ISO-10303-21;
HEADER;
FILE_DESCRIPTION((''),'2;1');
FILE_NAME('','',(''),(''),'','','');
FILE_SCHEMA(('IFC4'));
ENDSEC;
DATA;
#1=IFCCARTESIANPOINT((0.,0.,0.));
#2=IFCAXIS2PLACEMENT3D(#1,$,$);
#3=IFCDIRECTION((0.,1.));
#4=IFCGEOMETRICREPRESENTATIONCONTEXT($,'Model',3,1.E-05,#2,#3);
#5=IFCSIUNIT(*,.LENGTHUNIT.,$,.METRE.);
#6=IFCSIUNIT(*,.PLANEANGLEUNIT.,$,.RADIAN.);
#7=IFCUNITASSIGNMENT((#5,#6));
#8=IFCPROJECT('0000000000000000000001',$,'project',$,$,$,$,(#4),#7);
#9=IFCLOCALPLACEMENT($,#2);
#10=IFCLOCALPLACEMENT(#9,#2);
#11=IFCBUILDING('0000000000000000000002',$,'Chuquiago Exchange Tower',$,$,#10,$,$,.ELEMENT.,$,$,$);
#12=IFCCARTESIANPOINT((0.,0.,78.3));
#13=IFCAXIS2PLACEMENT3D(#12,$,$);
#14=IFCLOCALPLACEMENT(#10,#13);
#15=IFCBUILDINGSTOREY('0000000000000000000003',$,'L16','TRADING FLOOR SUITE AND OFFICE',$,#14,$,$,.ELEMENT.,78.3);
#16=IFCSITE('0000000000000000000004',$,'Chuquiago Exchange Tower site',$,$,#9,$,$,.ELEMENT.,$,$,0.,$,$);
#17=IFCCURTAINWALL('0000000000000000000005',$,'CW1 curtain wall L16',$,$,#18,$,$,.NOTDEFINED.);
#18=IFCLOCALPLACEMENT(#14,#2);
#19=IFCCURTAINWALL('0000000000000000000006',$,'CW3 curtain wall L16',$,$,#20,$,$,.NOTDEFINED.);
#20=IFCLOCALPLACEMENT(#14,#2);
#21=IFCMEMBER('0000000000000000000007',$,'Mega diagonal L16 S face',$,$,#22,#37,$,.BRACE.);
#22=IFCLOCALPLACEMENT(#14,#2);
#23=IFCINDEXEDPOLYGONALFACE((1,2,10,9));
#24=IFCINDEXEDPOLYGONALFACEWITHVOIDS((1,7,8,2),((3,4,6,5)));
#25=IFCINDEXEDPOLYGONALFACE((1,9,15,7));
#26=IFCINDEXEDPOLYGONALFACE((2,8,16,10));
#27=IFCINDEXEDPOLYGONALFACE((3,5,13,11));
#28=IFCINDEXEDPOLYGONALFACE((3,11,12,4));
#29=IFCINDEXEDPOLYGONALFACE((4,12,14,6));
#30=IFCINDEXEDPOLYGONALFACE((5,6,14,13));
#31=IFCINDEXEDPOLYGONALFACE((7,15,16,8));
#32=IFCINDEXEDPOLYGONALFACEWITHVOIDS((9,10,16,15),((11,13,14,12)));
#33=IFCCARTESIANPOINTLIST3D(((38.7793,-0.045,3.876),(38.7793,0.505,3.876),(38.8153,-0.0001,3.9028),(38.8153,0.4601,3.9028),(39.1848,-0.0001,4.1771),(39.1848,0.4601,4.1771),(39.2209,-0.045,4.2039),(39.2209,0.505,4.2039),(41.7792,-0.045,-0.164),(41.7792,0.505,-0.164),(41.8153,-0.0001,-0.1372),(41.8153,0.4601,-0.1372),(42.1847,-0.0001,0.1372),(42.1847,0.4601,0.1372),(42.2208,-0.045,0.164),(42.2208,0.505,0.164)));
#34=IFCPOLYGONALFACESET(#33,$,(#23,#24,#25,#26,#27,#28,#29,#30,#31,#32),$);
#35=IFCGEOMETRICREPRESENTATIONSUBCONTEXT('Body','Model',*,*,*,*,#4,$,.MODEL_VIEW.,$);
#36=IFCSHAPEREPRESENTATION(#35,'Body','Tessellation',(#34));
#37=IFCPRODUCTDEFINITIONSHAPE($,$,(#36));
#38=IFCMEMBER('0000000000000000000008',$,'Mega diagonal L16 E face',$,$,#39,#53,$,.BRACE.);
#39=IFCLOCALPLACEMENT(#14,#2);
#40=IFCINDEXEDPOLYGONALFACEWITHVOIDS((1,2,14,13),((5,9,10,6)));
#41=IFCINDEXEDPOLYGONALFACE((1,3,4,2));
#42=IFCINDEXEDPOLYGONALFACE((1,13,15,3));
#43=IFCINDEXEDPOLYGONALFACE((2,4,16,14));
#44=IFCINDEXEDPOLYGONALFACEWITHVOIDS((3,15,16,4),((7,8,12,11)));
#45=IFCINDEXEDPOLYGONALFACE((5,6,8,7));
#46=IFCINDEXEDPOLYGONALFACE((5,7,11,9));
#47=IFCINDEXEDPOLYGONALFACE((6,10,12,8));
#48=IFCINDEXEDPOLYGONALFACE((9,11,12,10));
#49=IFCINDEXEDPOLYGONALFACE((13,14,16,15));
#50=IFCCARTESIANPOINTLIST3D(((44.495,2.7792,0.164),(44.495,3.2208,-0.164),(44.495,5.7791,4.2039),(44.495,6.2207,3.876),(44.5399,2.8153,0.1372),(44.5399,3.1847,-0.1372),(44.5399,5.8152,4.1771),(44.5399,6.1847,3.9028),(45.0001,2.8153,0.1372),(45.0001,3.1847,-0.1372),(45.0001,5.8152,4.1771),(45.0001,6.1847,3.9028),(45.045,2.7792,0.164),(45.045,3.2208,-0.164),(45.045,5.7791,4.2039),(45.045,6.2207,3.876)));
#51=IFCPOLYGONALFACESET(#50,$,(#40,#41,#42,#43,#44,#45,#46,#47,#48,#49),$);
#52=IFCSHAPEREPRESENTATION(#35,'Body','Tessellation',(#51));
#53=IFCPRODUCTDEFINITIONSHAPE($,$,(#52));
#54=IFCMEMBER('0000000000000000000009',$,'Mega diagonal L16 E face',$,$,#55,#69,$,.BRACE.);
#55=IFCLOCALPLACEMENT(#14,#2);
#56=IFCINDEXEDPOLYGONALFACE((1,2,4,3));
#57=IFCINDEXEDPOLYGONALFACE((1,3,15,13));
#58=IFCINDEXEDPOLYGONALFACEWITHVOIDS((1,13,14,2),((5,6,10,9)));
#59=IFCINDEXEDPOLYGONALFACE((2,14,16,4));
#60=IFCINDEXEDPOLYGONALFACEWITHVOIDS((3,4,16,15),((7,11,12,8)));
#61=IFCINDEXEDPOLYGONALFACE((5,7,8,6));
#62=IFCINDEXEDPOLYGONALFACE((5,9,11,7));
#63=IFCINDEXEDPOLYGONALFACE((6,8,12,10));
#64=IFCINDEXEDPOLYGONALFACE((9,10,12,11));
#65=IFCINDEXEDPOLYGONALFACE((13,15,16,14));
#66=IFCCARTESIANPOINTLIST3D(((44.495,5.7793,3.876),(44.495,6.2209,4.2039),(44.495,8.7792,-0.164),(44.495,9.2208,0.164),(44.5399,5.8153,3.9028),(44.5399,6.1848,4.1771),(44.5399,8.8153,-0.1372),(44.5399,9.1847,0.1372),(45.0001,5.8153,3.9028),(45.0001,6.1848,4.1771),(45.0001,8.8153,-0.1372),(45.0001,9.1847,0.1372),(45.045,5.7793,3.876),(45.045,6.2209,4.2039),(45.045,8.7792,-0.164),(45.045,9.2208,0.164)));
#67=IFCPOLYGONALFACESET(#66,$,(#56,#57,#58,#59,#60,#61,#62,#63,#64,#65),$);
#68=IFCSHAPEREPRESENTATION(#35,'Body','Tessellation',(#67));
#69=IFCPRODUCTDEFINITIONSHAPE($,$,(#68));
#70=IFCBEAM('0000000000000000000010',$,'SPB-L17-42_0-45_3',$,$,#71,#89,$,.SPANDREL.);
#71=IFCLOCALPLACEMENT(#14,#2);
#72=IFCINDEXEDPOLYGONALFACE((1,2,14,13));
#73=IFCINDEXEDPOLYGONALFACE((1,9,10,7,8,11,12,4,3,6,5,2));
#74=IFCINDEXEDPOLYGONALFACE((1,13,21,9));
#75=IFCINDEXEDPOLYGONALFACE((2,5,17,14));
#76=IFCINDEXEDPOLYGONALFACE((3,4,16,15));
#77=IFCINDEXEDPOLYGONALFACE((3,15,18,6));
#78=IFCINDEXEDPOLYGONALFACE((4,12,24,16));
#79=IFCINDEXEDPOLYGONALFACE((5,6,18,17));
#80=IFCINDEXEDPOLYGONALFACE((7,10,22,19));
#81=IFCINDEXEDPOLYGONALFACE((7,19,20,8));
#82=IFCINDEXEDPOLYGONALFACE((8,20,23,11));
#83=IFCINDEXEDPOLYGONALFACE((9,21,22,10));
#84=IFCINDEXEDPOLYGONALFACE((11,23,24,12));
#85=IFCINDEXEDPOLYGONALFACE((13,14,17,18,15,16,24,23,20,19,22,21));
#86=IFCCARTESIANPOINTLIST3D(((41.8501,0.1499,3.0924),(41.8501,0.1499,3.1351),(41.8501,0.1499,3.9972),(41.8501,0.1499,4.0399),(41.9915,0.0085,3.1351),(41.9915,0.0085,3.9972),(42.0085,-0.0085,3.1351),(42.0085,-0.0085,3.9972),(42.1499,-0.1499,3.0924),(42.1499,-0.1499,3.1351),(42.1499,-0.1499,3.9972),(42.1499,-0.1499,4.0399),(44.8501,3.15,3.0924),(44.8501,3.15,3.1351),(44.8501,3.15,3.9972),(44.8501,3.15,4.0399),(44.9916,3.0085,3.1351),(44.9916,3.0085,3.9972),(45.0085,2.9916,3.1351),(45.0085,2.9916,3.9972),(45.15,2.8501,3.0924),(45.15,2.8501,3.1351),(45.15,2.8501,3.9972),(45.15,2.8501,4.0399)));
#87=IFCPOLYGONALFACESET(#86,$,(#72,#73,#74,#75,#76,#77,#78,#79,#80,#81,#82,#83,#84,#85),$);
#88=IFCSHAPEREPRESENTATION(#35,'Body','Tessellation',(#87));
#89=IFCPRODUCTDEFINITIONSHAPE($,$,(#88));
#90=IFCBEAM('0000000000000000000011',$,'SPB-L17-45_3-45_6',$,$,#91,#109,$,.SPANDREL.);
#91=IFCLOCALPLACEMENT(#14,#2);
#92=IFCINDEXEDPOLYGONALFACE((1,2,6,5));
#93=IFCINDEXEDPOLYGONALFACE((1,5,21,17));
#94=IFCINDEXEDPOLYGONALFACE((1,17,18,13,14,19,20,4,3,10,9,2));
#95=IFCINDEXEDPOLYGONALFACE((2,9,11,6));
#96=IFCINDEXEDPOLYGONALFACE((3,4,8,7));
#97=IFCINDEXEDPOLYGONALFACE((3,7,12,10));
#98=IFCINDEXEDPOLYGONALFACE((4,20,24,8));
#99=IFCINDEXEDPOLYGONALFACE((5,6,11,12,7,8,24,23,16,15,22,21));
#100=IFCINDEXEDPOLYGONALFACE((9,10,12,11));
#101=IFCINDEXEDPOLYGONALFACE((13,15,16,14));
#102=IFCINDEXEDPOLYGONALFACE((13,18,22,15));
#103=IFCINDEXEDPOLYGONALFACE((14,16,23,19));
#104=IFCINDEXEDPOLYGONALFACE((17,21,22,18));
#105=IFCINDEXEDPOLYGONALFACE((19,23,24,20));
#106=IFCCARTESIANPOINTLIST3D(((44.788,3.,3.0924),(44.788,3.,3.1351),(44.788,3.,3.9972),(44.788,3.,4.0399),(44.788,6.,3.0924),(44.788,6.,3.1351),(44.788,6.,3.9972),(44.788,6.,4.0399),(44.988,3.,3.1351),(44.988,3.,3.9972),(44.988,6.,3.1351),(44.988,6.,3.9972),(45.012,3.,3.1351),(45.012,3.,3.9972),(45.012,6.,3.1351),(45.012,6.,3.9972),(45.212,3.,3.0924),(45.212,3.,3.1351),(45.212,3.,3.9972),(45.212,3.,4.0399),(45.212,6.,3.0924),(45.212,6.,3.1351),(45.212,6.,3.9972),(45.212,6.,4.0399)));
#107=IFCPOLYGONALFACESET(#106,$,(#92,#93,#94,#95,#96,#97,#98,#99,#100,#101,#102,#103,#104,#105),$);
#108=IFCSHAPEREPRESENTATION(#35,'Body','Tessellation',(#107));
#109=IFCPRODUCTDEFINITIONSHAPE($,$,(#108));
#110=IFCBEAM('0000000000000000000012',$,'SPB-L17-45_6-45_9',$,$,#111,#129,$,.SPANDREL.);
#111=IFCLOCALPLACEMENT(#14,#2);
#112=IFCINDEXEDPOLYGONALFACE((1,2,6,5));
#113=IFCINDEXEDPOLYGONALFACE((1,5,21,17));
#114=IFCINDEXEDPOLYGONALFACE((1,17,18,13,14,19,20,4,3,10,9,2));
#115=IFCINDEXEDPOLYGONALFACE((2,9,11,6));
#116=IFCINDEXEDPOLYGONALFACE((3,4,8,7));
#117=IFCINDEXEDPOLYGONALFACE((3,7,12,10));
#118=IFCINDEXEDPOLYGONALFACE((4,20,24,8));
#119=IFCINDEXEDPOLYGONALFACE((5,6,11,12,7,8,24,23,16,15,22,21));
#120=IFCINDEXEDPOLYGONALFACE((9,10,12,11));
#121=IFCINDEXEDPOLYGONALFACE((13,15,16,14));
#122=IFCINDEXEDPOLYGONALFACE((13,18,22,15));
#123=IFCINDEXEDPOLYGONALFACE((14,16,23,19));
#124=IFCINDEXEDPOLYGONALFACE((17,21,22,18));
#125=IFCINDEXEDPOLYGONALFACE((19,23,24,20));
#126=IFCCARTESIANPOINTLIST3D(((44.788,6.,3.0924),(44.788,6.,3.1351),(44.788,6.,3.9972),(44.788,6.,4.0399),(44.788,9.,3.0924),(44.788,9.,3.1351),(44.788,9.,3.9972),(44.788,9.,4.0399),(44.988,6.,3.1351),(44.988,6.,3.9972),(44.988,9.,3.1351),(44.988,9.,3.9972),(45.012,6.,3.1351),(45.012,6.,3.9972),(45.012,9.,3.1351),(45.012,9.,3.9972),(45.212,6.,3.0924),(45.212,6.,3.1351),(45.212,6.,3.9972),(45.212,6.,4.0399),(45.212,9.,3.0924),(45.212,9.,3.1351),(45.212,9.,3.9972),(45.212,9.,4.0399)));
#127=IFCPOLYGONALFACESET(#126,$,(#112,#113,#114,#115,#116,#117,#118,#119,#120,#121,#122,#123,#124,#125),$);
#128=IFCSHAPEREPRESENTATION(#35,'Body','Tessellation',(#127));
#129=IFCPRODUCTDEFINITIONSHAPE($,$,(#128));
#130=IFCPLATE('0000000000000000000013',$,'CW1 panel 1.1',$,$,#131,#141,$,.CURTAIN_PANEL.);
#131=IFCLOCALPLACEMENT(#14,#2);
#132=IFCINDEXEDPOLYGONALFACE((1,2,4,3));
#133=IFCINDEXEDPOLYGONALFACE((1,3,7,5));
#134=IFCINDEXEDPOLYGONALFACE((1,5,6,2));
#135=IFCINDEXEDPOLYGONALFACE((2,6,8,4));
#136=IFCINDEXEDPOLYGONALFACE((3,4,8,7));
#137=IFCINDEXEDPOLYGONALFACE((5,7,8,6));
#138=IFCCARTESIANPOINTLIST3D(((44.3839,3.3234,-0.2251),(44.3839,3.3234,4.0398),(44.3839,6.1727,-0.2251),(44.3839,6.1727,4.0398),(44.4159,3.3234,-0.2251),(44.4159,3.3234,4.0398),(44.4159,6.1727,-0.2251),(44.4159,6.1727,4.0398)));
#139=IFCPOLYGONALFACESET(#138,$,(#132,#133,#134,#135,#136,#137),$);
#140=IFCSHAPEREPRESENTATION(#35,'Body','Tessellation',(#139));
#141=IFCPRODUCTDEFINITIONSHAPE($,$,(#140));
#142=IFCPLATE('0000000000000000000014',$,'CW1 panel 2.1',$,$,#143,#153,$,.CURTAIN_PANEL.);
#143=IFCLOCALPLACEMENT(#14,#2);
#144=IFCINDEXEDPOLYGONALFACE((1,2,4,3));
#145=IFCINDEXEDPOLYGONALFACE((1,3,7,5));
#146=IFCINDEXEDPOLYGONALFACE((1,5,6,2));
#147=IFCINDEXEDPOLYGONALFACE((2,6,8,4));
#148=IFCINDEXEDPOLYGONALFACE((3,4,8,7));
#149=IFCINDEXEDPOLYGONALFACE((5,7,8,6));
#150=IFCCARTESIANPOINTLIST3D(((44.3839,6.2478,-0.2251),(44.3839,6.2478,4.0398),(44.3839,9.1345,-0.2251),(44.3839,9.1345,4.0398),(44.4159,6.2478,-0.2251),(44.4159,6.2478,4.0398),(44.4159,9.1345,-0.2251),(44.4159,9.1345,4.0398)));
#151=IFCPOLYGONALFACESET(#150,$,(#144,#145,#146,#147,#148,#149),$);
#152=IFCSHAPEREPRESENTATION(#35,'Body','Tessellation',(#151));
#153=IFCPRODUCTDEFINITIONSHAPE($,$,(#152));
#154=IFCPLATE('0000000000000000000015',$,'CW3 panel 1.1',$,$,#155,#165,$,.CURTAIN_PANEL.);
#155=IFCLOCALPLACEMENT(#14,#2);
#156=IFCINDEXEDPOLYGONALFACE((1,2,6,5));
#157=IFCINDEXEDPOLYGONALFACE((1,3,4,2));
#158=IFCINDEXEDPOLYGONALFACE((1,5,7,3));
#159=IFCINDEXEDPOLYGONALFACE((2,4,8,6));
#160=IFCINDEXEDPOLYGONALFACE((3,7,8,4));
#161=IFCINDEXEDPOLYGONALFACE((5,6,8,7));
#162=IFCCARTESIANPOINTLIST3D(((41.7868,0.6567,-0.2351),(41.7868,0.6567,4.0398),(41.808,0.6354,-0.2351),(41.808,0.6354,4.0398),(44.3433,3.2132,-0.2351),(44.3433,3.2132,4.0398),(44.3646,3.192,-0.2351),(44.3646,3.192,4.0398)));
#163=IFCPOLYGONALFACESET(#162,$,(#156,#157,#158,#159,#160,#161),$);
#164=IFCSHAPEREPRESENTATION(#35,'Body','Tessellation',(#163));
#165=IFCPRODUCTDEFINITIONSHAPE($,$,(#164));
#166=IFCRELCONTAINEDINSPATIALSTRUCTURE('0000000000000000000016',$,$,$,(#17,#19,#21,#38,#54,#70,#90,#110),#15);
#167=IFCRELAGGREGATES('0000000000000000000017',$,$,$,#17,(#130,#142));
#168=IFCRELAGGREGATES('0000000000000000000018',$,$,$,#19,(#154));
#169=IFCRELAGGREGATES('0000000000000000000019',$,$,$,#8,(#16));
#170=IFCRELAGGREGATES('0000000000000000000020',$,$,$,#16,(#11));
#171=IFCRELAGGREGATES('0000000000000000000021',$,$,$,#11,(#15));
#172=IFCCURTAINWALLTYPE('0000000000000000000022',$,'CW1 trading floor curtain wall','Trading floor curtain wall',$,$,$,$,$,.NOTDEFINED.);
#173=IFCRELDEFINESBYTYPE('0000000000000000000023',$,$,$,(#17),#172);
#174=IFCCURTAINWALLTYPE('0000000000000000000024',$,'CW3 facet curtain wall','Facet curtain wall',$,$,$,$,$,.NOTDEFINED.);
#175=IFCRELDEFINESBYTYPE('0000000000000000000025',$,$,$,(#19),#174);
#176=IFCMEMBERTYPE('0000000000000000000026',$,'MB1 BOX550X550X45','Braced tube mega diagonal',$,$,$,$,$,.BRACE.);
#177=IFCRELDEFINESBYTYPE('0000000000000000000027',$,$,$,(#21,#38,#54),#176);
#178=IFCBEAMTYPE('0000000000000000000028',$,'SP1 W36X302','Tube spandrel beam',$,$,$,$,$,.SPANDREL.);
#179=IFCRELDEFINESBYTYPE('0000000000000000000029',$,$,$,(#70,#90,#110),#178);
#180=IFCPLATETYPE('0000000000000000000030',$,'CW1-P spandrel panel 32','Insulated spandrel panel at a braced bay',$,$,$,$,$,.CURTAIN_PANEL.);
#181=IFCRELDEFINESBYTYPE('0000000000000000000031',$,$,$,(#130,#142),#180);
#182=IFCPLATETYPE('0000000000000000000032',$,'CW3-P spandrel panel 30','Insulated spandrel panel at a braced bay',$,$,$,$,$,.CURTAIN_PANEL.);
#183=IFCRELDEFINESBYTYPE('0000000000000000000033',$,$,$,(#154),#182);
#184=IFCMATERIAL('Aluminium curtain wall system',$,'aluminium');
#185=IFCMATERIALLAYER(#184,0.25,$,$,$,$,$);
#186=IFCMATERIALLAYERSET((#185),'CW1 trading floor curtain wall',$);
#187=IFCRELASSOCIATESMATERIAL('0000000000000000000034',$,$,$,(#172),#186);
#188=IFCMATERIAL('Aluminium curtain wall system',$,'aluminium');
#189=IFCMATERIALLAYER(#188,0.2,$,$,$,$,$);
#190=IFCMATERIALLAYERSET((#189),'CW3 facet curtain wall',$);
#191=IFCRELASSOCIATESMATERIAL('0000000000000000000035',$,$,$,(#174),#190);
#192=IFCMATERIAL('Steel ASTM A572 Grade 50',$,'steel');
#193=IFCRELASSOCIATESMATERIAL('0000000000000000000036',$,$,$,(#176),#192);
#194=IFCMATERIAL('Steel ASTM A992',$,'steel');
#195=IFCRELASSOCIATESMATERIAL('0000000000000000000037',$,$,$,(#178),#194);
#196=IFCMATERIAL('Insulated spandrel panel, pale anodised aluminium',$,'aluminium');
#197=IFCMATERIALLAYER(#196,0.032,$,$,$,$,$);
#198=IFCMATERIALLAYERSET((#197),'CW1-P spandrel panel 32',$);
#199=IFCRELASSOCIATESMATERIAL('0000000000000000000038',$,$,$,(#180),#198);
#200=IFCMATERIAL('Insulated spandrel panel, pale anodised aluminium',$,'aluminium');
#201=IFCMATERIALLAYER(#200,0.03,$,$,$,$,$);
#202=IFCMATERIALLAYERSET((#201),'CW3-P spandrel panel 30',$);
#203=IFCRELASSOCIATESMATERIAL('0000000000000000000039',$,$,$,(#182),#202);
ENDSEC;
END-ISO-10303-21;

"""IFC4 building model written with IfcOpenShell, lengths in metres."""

from ifc_helpers import new_model, si_unit, direction, frame, origin, origin_2d, place, context, subcontext, project, spatial, rectangle, hollow_rectangle, i_section, extrude, material, layer, layer_set, material_profile, profile_set, type_object, element, aggregate, save


model = new_model("IFC4")

# Units and contexts
model_context = context("Model", 3, precision=1e-05, world=origin(), true_north=direction((0.0, 1.0)))
body_context = subcontext(model_context, "Body", "Model", "MODEL_VIEW")
ifc_project = project(units=[si_unit("LENGTHUNIT", "METRE"), si_unit("PLANEANGLEUNIT", "RADIAN")], contexts=[model_context])

# Site, building, storey
site_placement = place(None, origin())
site = spatial("IfcSite", under=ifc_project, at=site_placement, Name="Chuquiago Exchange Tower site", CompositionType="ELEMENT", RefElevation=0.0)
building_placement = place(site_placement, origin())
building = spatial("IfcBuilding", under=site, at=building_placement, Name="Chuquiago Exchange Tower", CompositionType="ELEMENT")
storey_placement = place(building_placement, frame((0.0, 0.0, 78.3)))
storey = spatial("IfcBuildingStorey", under=building, at=storey_placement, Name="L16", Description="TRADING FLOOR SUITE AND OFFICE", CompositionType="ELEMENT", Elevation=78.3)

# Curtain walls
ifc_material_1 = material(Name="Aluminium curtain wall system", Category="aluminium")
ifc_layer_1 = layer(ifc_material_1, 0.25)
ifc_layer_set_1 = layer_set([ifc_layer_1], Name="CW1 trading floor curtain wall")
curtain_wall_type_1 = type_object("IfcCurtainWallType", Name="CW1 trading floor curtain wall", Description="Trading floor curtain wall", PredefinedType="NOTDEFINED", material=ifc_layer_set_1)
curtain_wall_1_placement = place(storey_placement, origin())
curtain_wall_1 = element("IfcCurtainWall", 1, at=curtain_wall_1_placement, inside=storey, type_object=curtain_wall_type_1, Name="CW1 curtain wall L16", PredefinedType="NOTDEFINED")
ifc_material_2 = material(Name="Aluminium curtain wall system", Category="aluminium")
ifc_layer_2 = layer(ifc_material_2, 0.2)
ifc_layer_set_2 = layer_set([ifc_layer_2], Name="CW3 facet curtain wall")
curtain_wall_type_2 = type_object("IfcCurtainWallType", Name="CW3 facet curtain wall", Description="Facet curtain wall", PredefinedType="NOTDEFINED", material=ifc_layer_set_2)
curtain_wall_2_placement = place(storey_placement, origin())
curtain_wall_2 = element("IfcCurtainWall", 2, at=curtain_wall_2_placement, inside=storey, type_object=curtain_wall_type_2, Name="CW3 curtain wall L16", PredefinedType="NOTDEFINED")

# Members
ifc_material_3 = material(Name="Steel ASTM A572 Grade 50", Category="steel")
ifc_material_profile_1 = material_profile(ifc_material_3, hollow_rectangle(XDim=0.55, YDim=0.55, WallThickness=0.0449, at=origin_2d()), Name="BOX550X550X45")
ifc_profile_set_1 = profile_set([ifc_material_profile_1], Name="Steel ASTM A572 Grade 50")
member_type_1 = type_object("IfcMemberType", Name="MB1 BOX550X550X45", Description="Braced tube mega diagonal", PredefinedType="BRACE", material=ifc_profile_set_1)
for number, where, z_axis, x_axis, name in (
    (3, (42.0, 0.23, 0.0), (-0.596174, 0.0, 0.802855), (0.0, -1.0, 0.0), "Mega diagonal L16 S face"),
    (4, (44.77, 3.0, 0.0), (0.0, 0.596174, 0.802855), (-1.0, 0.0, 0.0), "Mega diagonal L16 E face"),
    (5, (44.77, 9.0, 0.0), (0.0, -0.596174, 0.802855), (1.0, 0.0, 0.0), "Mega diagonal L16 E face"),
):
    element("IfcMember", number, at=place(storey_placement, frame(where, z_axis=z_axis, x_axis=x_axis)), inside=storey, type_object=member_type_1, Name=name, PredefinedType="BRACE", context=body_context, shape_type="SweptSolid", body=[
        extrude(hollow_rectangle(XDim=0.55, YDim=0.55, WallThickness=0.0449, at=origin_2d()), origin(), (0.0, 0.0, 1.0), 5.032),
    ])

# Beams
ifc_material_4 = material(Name="Steel ASTM A992", Category="steel")
ifc_material_profile_2 = material_profile(ifc_material_4, i_section(OverallWidth=0.4241, OverallDepth=0.9475, WebThickness=0.0239, FlangeThickness=0.0427, at=origin_2d()), Name="W36X302")
ifc_profile_set_2 = profile_set([ifc_material_profile_2], Name="Steel ASTM A992")
beam_type = type_object("IfcBeamType", Name="SP1 W36X302", Description="Tube spandrel beam", PredefinedType="SPANDREL", material=ifc_profile_set_2)
beam_placement = place(storey_placement, frame((42.0, 0.0, 3.5662), z_axis=(0.707107, 0.707107, 0.0), x_axis=(-0.707107, 0.707107, 0.0)))
element("IfcBeam", 6, at=beam_placement, inside=storey, type_object=beam_type, Name="SPB-L17-42_0-45_3", PredefinedType="SPANDREL", context=body_context, shape_type="SweptSolid", body=[
    extrude(i_section(OverallWidth=0.4241, OverallDepth=0.9475, WebThickness=0.0239, FlangeThickness=0.0427, at=origin_2d()), origin(), (0.0, 0.0, 1.0), 4.2427),
])
for number, where, z_axis, x_axis, name in (
    (7, (45.0, 3.0, 3.5662), (0.0, 1.0, 0.0), (-1.0, 0.0, 0.0), "SPB-L17-45_3-45_6"),
    (8, (45.0, 6.0, 3.5662), (0.0, 1.0, 0.0), (-1.0, 0.0, 0.0), "SPB-L17-45_6-45_9"),
):
    element("IfcBeam", number, at=place(storey_placement, frame(where, z_axis=z_axis, x_axis=x_axis)), inside=storey, type_object=beam_type, Name=name, PredefinedType="SPANDREL", context=body_context, shape_type="SweptSolid", body=[
        extrude(i_section(OverallWidth=0.4241, OverallDepth=0.9475, WebThickness=0.0239, FlangeThickness=0.0427, at=origin_2d()), origin(), (0.0, 0.0, 1.0), 3.0),
    ])

# Plates
ifc_material_5 = material(Name="Insulated spandrel panel, pale anodised aluminium", Category="aluminium")
ifc_layer_3 = layer(ifc_material_5, 0.032)
ifc_layer_set_3 = layer_set([ifc_layer_3], Name="CW1-P spandrel panel 32")
plate_type_1 = type_object("IfcPlateType", Name="CW1-P spandrel panel 32", Description="Insulated spandrel panel at a braced bay", PredefinedType="CURTAIN_PANEL", material=ifc_layer_set_3)
plate_1_placement = place(storey_placement, frame((44.3999, 4.748, -0.2251), z_axis=(0.0, 0.0, 1.0), x_axis=(0.0, 1.0, 0.0)))
plate_1 = element("IfcPlate", 9, at=plate_1_placement, type_object=plate_type_1, Name="CW1 panel 1.1", PredefinedType="CURTAIN_PANEL", context=body_context, shape_type="SweptSolid", body=[
    extrude(rectangle(XDim=2.8494, YDim=0.032, at=origin_2d()), origin(), (0.0, 0.0, 1.0), 4.2649),
])
plate_2_placement = place(storey_placement, frame((44.3999, 7.6912, -0.2251), z_axis=(0.0, 0.0, 1.0), x_axis=(0.0, 1.0, 0.0)))
plate_2 = element("IfcPlate", 10, at=plate_2_placement, type_object=plate_type_1, Name="CW1 panel 2.1", PredefinedType="CURTAIN_PANEL", context=body_context, shape_type="SweptSolid", body=[
    extrude(rectangle(XDim=2.8867, YDim=0.032, at=origin_2d()), origin(), (0.0, 0.0, 1.0), 4.2649),
])
aggregate(curtain_wall_1, [plate_1, plate_2])
ifc_material_6 = material(Name="Insulated spandrel panel, pale anodised aluminium", Category="aluminium")
ifc_layer_4 = layer(ifc_material_6, 0.03)
ifc_layer_set_4 = layer_set([ifc_layer_4], Name="CW3-P spandrel panel 30")
plate_type_2 = type_object("IfcPlateType", Name="CW3-P spandrel panel 30", Description="Insulated spandrel panel at a braced bay", PredefinedType="CURTAIN_PANEL", material=ifc_layer_set_4)
plate_3_placement = place(storey_placement, frame((43.0757, 1.9243, -0.2351), z_axis=(0.0, 0.0, 1.0), x_axis=(0.707107, 0.707107, 0.0)))
plate_3 = element("IfcPlate", 11, at=plate_3_placement, type_object=plate_type_2, Name="CW3 panel 1.1", PredefinedType="CURTAIN_PANEL", context=body_context, shape_type="SweptSolid", body=[
    extrude(rectangle(XDim=3.6155, YDim=0.03, at=origin_2d()), origin(), (0.0, 0.0, 1.0), 4.2749),
])
aggregate(curtain_wall_2, [plate_3])

save(model, "model.ifc")
